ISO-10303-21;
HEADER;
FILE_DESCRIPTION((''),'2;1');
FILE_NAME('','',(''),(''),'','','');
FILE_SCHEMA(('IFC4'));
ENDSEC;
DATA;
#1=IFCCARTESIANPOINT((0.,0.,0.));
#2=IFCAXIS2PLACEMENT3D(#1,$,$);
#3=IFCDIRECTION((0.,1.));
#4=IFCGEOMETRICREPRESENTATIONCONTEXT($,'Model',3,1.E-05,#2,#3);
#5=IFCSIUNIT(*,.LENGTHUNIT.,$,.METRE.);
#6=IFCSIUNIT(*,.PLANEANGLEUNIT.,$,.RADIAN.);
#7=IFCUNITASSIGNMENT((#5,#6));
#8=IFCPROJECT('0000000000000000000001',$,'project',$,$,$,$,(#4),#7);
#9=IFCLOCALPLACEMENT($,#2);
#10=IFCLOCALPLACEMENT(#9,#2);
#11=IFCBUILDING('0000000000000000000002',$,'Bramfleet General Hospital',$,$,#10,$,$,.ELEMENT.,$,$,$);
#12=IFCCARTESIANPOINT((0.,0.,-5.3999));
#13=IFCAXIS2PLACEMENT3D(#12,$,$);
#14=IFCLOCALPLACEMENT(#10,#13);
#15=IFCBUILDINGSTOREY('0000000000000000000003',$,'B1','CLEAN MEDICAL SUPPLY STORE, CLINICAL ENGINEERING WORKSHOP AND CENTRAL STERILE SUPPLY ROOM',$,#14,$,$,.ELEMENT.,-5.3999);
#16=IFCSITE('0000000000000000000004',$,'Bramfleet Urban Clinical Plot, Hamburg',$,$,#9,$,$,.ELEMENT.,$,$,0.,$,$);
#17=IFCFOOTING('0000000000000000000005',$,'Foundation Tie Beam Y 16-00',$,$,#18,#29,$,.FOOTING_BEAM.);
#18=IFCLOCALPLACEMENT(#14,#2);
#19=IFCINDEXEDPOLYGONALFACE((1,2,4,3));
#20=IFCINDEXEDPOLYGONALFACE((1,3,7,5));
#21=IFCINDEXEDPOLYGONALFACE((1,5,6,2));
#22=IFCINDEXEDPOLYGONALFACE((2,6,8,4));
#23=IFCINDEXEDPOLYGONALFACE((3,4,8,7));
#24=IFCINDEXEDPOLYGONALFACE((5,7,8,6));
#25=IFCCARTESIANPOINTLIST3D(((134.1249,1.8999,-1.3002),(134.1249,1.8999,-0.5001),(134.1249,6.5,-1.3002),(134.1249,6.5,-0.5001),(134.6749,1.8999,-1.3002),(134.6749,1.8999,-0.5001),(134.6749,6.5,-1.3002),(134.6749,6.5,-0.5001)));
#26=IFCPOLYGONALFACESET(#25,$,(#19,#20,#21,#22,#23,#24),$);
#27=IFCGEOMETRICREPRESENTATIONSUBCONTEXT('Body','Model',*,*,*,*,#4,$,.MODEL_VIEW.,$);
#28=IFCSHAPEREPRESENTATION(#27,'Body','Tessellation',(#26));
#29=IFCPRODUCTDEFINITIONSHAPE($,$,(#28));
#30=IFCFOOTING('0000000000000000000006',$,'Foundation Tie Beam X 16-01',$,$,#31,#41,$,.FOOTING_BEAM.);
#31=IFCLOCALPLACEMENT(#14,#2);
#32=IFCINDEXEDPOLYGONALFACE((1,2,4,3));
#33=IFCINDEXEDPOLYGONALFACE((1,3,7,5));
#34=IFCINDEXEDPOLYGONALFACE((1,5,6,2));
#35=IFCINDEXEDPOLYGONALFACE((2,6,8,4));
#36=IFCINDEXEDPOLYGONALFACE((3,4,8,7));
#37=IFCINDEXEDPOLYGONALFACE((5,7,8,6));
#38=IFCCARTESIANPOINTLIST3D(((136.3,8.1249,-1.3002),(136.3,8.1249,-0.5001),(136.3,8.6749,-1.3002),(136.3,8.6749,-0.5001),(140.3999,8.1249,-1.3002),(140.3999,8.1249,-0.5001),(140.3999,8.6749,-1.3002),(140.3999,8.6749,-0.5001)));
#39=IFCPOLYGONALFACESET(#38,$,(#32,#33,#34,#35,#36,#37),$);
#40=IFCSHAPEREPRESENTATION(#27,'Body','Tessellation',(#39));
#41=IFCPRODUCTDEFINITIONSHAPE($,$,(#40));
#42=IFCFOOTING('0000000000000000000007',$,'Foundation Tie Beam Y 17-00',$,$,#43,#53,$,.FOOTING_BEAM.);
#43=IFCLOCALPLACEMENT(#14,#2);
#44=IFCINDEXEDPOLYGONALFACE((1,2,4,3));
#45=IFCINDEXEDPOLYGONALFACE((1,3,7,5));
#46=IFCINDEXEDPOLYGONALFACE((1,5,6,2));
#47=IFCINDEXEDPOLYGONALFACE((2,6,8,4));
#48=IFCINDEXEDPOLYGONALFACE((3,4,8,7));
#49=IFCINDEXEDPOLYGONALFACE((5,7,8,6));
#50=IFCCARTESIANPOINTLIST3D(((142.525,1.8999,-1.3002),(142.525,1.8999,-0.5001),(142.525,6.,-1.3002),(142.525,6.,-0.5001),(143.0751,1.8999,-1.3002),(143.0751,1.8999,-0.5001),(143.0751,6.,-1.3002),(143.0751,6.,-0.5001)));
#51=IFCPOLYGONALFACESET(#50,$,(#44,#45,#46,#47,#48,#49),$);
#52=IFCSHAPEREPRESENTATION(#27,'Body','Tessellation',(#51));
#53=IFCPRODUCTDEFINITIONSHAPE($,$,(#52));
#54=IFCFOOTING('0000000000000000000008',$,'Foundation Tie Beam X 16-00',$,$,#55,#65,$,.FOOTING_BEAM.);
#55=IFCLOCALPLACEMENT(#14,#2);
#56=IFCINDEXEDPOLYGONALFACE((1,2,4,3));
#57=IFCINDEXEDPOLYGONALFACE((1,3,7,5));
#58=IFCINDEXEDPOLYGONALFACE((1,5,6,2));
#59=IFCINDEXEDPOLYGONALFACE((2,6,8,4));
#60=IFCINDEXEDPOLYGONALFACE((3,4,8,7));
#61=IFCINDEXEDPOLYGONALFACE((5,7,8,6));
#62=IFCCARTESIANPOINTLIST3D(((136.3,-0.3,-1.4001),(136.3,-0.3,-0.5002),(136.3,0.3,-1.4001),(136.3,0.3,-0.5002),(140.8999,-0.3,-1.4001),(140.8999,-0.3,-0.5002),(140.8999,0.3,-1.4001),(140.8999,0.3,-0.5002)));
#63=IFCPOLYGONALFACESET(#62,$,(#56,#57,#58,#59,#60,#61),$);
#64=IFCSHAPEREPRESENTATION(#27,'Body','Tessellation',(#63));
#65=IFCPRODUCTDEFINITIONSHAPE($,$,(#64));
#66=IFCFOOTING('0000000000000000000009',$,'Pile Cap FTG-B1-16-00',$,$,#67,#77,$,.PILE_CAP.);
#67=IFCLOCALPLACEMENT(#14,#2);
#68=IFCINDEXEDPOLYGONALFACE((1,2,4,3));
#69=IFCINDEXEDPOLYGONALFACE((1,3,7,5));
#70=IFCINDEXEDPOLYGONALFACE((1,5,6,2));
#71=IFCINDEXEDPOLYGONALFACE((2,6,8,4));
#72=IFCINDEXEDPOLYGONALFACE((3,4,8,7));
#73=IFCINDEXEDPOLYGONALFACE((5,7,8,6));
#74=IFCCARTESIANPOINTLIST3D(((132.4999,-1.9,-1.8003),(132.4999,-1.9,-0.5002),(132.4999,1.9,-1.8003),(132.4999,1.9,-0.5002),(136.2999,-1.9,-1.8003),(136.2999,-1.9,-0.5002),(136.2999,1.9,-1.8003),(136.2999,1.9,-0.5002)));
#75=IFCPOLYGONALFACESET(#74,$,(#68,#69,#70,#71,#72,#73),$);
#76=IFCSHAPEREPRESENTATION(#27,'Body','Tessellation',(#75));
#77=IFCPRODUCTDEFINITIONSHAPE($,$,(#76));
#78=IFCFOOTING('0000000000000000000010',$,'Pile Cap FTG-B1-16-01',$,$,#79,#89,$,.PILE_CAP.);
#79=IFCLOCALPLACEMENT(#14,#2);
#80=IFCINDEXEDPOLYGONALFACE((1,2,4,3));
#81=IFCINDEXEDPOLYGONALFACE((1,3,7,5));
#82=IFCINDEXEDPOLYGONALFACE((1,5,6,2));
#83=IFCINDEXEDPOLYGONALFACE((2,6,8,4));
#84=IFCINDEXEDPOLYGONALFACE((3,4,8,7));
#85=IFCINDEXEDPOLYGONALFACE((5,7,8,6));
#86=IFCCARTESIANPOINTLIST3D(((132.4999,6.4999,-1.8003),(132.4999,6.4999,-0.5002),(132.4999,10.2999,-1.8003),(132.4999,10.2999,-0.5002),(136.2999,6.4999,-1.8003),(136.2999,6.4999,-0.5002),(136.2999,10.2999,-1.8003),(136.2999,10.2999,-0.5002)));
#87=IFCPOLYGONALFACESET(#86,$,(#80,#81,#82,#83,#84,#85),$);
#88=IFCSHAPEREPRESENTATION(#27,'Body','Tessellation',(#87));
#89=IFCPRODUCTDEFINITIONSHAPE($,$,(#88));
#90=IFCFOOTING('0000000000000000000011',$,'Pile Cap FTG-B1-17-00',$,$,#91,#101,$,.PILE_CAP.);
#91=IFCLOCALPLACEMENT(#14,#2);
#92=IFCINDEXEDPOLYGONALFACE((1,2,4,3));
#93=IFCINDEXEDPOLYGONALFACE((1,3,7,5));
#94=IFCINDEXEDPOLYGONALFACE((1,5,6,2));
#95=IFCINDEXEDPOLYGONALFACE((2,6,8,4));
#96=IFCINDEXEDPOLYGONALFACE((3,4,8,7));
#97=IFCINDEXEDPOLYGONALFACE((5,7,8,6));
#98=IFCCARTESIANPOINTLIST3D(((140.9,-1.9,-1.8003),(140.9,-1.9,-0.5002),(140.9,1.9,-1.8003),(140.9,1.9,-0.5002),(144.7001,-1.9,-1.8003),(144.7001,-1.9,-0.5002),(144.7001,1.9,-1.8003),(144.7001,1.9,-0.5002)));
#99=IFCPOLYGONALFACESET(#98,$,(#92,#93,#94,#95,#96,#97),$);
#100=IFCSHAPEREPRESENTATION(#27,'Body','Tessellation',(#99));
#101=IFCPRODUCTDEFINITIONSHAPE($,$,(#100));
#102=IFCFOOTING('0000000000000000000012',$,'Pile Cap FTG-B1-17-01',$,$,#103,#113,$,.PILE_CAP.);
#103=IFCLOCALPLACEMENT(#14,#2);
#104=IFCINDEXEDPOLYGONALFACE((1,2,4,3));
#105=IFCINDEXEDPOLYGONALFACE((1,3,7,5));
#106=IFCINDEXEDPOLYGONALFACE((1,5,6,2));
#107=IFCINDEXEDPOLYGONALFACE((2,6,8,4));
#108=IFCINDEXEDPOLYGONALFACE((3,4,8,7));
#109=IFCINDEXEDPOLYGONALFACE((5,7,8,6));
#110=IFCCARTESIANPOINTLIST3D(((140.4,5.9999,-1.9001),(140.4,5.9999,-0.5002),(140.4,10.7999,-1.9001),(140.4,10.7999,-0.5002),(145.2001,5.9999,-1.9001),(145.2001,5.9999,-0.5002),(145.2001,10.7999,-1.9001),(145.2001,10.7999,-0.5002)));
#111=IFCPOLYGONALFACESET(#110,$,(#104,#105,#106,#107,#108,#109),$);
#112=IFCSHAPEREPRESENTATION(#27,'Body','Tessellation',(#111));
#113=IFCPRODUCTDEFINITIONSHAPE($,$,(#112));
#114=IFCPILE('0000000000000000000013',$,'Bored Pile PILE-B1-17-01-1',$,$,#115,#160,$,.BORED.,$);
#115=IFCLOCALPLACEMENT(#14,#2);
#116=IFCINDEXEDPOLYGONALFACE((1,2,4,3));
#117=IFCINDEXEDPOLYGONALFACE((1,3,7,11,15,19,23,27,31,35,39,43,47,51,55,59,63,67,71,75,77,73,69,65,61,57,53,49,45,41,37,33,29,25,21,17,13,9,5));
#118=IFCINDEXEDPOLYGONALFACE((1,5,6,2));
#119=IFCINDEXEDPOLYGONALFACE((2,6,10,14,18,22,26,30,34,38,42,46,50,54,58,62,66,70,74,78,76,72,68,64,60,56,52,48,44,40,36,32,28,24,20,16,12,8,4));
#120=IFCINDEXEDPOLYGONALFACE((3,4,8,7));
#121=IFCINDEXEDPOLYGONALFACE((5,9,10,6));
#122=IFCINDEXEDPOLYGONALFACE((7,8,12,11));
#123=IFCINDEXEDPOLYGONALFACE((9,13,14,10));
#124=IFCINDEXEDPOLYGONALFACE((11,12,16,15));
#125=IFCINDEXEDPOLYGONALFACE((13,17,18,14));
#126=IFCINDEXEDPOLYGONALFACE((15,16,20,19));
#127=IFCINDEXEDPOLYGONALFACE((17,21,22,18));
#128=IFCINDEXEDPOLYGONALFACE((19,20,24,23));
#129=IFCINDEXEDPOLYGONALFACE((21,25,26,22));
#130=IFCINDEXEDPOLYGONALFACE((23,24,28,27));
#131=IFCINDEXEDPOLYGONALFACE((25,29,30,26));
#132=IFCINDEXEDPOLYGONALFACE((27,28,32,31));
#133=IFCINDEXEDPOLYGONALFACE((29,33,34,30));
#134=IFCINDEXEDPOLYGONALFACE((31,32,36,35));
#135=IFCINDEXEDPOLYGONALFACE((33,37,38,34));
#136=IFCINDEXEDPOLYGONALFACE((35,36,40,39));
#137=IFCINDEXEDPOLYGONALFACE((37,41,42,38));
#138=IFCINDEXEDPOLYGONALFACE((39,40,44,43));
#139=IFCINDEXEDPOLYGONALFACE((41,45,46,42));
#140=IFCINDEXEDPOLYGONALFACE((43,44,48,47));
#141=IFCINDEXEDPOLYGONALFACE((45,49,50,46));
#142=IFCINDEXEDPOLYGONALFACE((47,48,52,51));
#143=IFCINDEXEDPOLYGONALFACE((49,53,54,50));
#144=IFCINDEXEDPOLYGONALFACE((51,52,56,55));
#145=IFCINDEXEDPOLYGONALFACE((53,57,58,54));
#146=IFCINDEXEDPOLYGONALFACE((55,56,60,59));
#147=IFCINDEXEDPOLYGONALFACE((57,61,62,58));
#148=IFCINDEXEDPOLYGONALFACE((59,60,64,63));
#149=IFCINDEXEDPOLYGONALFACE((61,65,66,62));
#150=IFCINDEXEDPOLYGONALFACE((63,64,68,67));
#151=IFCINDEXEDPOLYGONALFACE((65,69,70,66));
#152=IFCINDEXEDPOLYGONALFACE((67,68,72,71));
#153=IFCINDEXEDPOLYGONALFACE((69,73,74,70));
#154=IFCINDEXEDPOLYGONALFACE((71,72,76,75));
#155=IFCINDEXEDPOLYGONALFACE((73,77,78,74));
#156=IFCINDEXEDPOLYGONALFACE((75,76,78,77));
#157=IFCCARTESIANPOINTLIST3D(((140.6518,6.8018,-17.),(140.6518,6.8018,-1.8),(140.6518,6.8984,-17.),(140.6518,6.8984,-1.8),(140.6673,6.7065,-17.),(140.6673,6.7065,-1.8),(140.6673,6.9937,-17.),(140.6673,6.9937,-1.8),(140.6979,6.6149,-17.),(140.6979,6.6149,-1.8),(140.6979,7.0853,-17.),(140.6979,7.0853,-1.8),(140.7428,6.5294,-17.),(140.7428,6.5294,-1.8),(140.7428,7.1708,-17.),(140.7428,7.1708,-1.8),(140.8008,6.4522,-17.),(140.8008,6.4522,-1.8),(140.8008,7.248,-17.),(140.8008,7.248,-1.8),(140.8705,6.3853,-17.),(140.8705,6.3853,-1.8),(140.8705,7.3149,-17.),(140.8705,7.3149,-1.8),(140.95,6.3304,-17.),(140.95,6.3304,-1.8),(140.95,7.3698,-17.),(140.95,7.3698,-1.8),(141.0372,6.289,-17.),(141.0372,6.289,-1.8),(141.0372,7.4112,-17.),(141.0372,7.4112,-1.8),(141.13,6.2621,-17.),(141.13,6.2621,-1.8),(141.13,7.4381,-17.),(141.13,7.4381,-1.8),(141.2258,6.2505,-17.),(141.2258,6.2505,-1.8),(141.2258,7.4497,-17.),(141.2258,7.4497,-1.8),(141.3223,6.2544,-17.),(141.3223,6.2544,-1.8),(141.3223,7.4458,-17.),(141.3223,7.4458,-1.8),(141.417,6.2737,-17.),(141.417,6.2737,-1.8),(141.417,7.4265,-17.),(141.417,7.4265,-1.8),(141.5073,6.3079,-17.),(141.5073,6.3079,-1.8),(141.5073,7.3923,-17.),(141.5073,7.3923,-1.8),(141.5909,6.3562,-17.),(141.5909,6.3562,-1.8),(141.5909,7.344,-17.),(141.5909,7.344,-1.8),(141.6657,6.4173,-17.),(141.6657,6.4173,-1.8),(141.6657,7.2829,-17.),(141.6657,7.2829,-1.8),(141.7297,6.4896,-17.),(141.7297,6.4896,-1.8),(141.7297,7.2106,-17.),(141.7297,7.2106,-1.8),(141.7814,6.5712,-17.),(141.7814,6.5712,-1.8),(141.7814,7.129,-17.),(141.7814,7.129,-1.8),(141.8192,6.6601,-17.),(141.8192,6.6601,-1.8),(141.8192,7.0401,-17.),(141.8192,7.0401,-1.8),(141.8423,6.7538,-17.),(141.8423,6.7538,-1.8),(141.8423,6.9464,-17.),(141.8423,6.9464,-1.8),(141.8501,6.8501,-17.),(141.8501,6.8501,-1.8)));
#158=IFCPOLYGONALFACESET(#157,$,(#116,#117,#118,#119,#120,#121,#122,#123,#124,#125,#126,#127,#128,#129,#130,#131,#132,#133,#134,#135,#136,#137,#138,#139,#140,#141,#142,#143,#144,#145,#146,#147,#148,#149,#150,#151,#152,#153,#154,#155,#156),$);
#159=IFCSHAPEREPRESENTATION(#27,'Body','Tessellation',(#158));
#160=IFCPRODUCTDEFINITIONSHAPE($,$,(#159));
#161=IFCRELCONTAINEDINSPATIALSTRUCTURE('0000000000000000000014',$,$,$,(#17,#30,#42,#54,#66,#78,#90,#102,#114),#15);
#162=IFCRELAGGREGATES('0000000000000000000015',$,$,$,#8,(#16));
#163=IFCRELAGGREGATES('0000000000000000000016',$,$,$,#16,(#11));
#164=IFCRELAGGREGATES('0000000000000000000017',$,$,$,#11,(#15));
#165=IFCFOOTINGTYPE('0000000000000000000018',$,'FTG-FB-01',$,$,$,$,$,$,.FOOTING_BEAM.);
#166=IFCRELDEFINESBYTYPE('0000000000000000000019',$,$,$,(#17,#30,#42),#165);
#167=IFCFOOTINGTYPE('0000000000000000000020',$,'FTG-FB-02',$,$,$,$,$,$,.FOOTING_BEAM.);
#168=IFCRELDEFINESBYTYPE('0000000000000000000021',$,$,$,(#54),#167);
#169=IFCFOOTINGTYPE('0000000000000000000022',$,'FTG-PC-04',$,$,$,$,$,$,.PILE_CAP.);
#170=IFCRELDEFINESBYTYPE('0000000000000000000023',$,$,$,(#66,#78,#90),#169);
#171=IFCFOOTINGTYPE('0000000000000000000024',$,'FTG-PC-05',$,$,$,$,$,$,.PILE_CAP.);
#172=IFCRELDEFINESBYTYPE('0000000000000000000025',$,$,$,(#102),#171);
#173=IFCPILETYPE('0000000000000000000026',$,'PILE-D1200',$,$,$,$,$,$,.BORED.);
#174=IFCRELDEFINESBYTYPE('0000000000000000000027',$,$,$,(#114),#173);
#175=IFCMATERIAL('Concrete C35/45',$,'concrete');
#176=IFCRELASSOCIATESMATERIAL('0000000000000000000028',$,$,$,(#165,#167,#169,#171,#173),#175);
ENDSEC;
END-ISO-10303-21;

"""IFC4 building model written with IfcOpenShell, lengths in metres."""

from ifc_helpers import new_model, si_unit, direction, frame, origin, origin_2d, place, context, subcontext, project, spatial, rectangle, circle, extrude, material, material_profile, profile_set, type_object, element, save


model = new_model("IFC4")

# Units and contexts
model_context = context("Model", 3, precision=1e-05, world=origin(), true_north=direction((0.0, 1.0)))
body_context = subcontext(model_context, "Body", "Model", "MODEL_VIEW")
ifc_project = project(units=[si_unit("LENGTHUNIT", "METRE"), si_unit("PLANEANGLEUNIT", "RADIAN")], contexts=[model_context])

# Site, building, storey
site_placement = place(None, origin())
site = spatial("IfcSite", under=ifc_project, at=site_placement, Name="Bramfleet Urban Clinical Plot, Hamburg", CompositionType="ELEMENT", RefElevation=0.0)
building_placement = place(site_placement, origin())
building = spatial("IfcBuilding", under=site, at=building_placement, Name="Bramfleet General Hospital", CompositionType="ELEMENT")
storey_placement = place(building_placement, frame((0.0, 0.0, -5.3999)))
storey = spatial("IfcBuildingStorey", under=building, at=storey_placement, Name="B1", Description="CLEAN MEDICAL SUPPLY STORE, CLINICAL ENGINEERING WORKSHOP AND CENTRAL STERILE SUPPLY ROOM", CompositionType="ELEMENT", Elevation=-5.3999)

# Footings
ifc_material_1 = material(Name="Concrete C35/45", Category="concrete")
ifc_material_profile_1 = material_profile(ifc_material_1, rectangle(XDim=0.55, YDim=0.8, at=origin_2d()), Name="RC FB 800x550")
ifc_profile_set_1 = profile_set([ifc_material_profile_1], Name="Concrete C35/45")
footing_type_1 = type_object("IfcFootingType", Name="FTG-FB-01", PredefinedType="FOOTING_BEAM", material=ifc_profile_set_1)
footing_1_placement = place(storey_placement, frame((134.3999, 1.8999, -0.9001), z_axis=(0.0, 1.0, 0.0), x_axis=(-1.0, 0.0, 0.0)))
element("IfcFooting", 1, at=footing_1_placement, inside=storey, type_object=footing_type_1, Name="Foundation Tie Beam Y 16-00", PredefinedType="FOOTING_BEAM", context=body_context, shape_type="SweptSolid", body=[
    extrude(rectangle(XDim=0.55, YDim=0.8, at=origin_2d()), origin(), (0.0, 0.0, 1.0), 4.6001),
])
footing_2_placement = place(storey_placement, frame((136.3, 8.3999, -0.9001), z_axis=(1.0, 0.0, 0.0), x_axis=(0.0, 1.0, 0.0)))
element("IfcFooting", 2, at=footing_2_placement, inside=storey, type_object=footing_type_1, Name="Foundation Tie Beam X 16-01", PredefinedType="FOOTING_BEAM", context=body_context, shape_type="SweptSolid", body=[
    extrude(rectangle(XDim=0.55, YDim=0.8, at=origin_2d()), origin(), (0.0, 0.0, 1.0), 4.0999),
])
footing_3_placement = place(storey_placement, frame((142.8, 1.8999, -0.9001), z_axis=(0.0, 1.0, 0.0), x_axis=(-1.0, 0.0, 0.0)))
element("IfcFooting", 3, at=footing_3_placement, inside=storey, type_object=footing_type_1, Name="Foundation Tie Beam Y 17-00", PredefinedType="FOOTING_BEAM", context=body_context, shape_type="SweptSolid", body=[
    extrude(rectangle(XDim=0.55, YDim=0.8, at=origin_2d()), origin(), (0.0, 0.0, 1.0), 4.1001),
])
ifc_material_profile_2 = material_profile(ifc_material_1, rectangle(XDim=0.6001, YDim=0.8999, at=origin_2d()), Name="RC FB 900x600")
ifc_profile_set_2 = profile_set([ifc_material_profile_2], Name="Concrete C35/45")
footing_type_2 = type_object("IfcFootingType", Name="FTG-FB-02", PredefinedType="FOOTING_BEAM", material=ifc_profile_set_2)
footing_4_placement = place(storey_placement, frame((136.3, 0.0, -0.9502), z_axis=(1.0, 0.0, 0.0), x_axis=(0.0, 1.0, 0.0)))
element("IfcFooting", 4, at=footing_4_placement, inside=storey, type_object=footing_type_2, Name="Foundation Tie Beam X 16-00", PredefinedType="FOOTING_BEAM", context=body_context, shape_type="SweptSolid", body=[
    extrude(rectangle(XDim=0.6001, YDim=0.8999, at=origin_2d()), origin(), (0.0, 0.0, 1.0), 4.5999),
])
footing_type_3 = type_object("IfcFootingType", Name="FTG-PC-04", PredefinedType="PILE_CAP", material=ifc_material_1)
for number, where, z_axis, x_axis, name in (
    (5, (134.3999, 0.0, -1.8003), (0.0, 0.0, 1.0), (1.0, 0.0, 0.0), "Pile Cap FTG-B1-16-00"),
    (6, (134.3999, 8.3999, -1.8003), (0.0, 0.0, 1.0), (1.0, 0.0, 0.0), "Pile Cap FTG-B1-16-01"),
    (7, (142.8, 0.0, -1.8003), (0.0, 0.0, 1.0), (1.0, 0.0, 0.0), "Pile Cap FTG-B1-17-00"),
):
    element("IfcFooting", number, at=place(storey_placement, frame(where, z_axis=z_axis, x_axis=x_axis)), inside=storey, type_object=footing_type_3, Name=name, PredefinedType="PILE_CAP", context=body_context, shape_type="SweptSolid", body=[
        extrude(rectangle(XDim=3.8, YDim=3.8, at=origin_2d()), origin(), (0.0, 0.0, 1.0), 1.3),
    ])
footing_type_4 = type_object("IfcFootingType", Name="FTG-PC-05", PredefinedType="PILE_CAP", material=ifc_material_1)
footing_5_placement = place(storey_placement, frame((142.8, 8.3999, -1.9001), z_axis=(0.0, 0.0, 1.0), x_axis=(1.0, 0.0, 0.0)))
element("IfcFooting", 8, at=footing_5_placement, inside=storey, type_object=footing_type_4, Name="Pile Cap FTG-B1-17-01", PredefinedType="PILE_CAP", context=body_context, shape_type="SweptSolid", body=[
    extrude(rectangle(XDim=4.8, YDim=4.8, at=origin_2d()), origin(), (0.0, 0.0, 1.0), 1.3999),
])

# Pile
ifc_material_profile_3 = material_profile(ifc_material_1, circle(Radius=0.6001, at=origin_2d()), Name="PILE BORED D1200")
ifc_profile_set_3 = profile_set([ifc_material_profile_3], Name="Concrete C35/45")
pile_type_1 = type_object("IfcPileType", Name="PILE-D1200", PredefinedType="BORED", material=ifc_profile_set_3)
for number, where, z_axis, x_axis, name in (
    (9, (141.25, 6.8501, -1.8), (0.0, 0.0, -1.0), (1.0, 0.0, 0.0), "Bored Pile PILE-B1-17-01-1"),
):
    element("IfcPile", number, at=place(storey_placement, frame(where, z_axis=z_axis, x_axis=x_axis)), inside=storey, type_object=pile_type_1, Name=name, PredefinedType="BORED", context=body_context, shape_type="SweptSolid", body=[
        extrude(circle(Radius=0.6001, at=origin_2d()), origin(), (0.0, 0.0, 1.0), 15.2),
    ])

save(model, "model.ifc")
